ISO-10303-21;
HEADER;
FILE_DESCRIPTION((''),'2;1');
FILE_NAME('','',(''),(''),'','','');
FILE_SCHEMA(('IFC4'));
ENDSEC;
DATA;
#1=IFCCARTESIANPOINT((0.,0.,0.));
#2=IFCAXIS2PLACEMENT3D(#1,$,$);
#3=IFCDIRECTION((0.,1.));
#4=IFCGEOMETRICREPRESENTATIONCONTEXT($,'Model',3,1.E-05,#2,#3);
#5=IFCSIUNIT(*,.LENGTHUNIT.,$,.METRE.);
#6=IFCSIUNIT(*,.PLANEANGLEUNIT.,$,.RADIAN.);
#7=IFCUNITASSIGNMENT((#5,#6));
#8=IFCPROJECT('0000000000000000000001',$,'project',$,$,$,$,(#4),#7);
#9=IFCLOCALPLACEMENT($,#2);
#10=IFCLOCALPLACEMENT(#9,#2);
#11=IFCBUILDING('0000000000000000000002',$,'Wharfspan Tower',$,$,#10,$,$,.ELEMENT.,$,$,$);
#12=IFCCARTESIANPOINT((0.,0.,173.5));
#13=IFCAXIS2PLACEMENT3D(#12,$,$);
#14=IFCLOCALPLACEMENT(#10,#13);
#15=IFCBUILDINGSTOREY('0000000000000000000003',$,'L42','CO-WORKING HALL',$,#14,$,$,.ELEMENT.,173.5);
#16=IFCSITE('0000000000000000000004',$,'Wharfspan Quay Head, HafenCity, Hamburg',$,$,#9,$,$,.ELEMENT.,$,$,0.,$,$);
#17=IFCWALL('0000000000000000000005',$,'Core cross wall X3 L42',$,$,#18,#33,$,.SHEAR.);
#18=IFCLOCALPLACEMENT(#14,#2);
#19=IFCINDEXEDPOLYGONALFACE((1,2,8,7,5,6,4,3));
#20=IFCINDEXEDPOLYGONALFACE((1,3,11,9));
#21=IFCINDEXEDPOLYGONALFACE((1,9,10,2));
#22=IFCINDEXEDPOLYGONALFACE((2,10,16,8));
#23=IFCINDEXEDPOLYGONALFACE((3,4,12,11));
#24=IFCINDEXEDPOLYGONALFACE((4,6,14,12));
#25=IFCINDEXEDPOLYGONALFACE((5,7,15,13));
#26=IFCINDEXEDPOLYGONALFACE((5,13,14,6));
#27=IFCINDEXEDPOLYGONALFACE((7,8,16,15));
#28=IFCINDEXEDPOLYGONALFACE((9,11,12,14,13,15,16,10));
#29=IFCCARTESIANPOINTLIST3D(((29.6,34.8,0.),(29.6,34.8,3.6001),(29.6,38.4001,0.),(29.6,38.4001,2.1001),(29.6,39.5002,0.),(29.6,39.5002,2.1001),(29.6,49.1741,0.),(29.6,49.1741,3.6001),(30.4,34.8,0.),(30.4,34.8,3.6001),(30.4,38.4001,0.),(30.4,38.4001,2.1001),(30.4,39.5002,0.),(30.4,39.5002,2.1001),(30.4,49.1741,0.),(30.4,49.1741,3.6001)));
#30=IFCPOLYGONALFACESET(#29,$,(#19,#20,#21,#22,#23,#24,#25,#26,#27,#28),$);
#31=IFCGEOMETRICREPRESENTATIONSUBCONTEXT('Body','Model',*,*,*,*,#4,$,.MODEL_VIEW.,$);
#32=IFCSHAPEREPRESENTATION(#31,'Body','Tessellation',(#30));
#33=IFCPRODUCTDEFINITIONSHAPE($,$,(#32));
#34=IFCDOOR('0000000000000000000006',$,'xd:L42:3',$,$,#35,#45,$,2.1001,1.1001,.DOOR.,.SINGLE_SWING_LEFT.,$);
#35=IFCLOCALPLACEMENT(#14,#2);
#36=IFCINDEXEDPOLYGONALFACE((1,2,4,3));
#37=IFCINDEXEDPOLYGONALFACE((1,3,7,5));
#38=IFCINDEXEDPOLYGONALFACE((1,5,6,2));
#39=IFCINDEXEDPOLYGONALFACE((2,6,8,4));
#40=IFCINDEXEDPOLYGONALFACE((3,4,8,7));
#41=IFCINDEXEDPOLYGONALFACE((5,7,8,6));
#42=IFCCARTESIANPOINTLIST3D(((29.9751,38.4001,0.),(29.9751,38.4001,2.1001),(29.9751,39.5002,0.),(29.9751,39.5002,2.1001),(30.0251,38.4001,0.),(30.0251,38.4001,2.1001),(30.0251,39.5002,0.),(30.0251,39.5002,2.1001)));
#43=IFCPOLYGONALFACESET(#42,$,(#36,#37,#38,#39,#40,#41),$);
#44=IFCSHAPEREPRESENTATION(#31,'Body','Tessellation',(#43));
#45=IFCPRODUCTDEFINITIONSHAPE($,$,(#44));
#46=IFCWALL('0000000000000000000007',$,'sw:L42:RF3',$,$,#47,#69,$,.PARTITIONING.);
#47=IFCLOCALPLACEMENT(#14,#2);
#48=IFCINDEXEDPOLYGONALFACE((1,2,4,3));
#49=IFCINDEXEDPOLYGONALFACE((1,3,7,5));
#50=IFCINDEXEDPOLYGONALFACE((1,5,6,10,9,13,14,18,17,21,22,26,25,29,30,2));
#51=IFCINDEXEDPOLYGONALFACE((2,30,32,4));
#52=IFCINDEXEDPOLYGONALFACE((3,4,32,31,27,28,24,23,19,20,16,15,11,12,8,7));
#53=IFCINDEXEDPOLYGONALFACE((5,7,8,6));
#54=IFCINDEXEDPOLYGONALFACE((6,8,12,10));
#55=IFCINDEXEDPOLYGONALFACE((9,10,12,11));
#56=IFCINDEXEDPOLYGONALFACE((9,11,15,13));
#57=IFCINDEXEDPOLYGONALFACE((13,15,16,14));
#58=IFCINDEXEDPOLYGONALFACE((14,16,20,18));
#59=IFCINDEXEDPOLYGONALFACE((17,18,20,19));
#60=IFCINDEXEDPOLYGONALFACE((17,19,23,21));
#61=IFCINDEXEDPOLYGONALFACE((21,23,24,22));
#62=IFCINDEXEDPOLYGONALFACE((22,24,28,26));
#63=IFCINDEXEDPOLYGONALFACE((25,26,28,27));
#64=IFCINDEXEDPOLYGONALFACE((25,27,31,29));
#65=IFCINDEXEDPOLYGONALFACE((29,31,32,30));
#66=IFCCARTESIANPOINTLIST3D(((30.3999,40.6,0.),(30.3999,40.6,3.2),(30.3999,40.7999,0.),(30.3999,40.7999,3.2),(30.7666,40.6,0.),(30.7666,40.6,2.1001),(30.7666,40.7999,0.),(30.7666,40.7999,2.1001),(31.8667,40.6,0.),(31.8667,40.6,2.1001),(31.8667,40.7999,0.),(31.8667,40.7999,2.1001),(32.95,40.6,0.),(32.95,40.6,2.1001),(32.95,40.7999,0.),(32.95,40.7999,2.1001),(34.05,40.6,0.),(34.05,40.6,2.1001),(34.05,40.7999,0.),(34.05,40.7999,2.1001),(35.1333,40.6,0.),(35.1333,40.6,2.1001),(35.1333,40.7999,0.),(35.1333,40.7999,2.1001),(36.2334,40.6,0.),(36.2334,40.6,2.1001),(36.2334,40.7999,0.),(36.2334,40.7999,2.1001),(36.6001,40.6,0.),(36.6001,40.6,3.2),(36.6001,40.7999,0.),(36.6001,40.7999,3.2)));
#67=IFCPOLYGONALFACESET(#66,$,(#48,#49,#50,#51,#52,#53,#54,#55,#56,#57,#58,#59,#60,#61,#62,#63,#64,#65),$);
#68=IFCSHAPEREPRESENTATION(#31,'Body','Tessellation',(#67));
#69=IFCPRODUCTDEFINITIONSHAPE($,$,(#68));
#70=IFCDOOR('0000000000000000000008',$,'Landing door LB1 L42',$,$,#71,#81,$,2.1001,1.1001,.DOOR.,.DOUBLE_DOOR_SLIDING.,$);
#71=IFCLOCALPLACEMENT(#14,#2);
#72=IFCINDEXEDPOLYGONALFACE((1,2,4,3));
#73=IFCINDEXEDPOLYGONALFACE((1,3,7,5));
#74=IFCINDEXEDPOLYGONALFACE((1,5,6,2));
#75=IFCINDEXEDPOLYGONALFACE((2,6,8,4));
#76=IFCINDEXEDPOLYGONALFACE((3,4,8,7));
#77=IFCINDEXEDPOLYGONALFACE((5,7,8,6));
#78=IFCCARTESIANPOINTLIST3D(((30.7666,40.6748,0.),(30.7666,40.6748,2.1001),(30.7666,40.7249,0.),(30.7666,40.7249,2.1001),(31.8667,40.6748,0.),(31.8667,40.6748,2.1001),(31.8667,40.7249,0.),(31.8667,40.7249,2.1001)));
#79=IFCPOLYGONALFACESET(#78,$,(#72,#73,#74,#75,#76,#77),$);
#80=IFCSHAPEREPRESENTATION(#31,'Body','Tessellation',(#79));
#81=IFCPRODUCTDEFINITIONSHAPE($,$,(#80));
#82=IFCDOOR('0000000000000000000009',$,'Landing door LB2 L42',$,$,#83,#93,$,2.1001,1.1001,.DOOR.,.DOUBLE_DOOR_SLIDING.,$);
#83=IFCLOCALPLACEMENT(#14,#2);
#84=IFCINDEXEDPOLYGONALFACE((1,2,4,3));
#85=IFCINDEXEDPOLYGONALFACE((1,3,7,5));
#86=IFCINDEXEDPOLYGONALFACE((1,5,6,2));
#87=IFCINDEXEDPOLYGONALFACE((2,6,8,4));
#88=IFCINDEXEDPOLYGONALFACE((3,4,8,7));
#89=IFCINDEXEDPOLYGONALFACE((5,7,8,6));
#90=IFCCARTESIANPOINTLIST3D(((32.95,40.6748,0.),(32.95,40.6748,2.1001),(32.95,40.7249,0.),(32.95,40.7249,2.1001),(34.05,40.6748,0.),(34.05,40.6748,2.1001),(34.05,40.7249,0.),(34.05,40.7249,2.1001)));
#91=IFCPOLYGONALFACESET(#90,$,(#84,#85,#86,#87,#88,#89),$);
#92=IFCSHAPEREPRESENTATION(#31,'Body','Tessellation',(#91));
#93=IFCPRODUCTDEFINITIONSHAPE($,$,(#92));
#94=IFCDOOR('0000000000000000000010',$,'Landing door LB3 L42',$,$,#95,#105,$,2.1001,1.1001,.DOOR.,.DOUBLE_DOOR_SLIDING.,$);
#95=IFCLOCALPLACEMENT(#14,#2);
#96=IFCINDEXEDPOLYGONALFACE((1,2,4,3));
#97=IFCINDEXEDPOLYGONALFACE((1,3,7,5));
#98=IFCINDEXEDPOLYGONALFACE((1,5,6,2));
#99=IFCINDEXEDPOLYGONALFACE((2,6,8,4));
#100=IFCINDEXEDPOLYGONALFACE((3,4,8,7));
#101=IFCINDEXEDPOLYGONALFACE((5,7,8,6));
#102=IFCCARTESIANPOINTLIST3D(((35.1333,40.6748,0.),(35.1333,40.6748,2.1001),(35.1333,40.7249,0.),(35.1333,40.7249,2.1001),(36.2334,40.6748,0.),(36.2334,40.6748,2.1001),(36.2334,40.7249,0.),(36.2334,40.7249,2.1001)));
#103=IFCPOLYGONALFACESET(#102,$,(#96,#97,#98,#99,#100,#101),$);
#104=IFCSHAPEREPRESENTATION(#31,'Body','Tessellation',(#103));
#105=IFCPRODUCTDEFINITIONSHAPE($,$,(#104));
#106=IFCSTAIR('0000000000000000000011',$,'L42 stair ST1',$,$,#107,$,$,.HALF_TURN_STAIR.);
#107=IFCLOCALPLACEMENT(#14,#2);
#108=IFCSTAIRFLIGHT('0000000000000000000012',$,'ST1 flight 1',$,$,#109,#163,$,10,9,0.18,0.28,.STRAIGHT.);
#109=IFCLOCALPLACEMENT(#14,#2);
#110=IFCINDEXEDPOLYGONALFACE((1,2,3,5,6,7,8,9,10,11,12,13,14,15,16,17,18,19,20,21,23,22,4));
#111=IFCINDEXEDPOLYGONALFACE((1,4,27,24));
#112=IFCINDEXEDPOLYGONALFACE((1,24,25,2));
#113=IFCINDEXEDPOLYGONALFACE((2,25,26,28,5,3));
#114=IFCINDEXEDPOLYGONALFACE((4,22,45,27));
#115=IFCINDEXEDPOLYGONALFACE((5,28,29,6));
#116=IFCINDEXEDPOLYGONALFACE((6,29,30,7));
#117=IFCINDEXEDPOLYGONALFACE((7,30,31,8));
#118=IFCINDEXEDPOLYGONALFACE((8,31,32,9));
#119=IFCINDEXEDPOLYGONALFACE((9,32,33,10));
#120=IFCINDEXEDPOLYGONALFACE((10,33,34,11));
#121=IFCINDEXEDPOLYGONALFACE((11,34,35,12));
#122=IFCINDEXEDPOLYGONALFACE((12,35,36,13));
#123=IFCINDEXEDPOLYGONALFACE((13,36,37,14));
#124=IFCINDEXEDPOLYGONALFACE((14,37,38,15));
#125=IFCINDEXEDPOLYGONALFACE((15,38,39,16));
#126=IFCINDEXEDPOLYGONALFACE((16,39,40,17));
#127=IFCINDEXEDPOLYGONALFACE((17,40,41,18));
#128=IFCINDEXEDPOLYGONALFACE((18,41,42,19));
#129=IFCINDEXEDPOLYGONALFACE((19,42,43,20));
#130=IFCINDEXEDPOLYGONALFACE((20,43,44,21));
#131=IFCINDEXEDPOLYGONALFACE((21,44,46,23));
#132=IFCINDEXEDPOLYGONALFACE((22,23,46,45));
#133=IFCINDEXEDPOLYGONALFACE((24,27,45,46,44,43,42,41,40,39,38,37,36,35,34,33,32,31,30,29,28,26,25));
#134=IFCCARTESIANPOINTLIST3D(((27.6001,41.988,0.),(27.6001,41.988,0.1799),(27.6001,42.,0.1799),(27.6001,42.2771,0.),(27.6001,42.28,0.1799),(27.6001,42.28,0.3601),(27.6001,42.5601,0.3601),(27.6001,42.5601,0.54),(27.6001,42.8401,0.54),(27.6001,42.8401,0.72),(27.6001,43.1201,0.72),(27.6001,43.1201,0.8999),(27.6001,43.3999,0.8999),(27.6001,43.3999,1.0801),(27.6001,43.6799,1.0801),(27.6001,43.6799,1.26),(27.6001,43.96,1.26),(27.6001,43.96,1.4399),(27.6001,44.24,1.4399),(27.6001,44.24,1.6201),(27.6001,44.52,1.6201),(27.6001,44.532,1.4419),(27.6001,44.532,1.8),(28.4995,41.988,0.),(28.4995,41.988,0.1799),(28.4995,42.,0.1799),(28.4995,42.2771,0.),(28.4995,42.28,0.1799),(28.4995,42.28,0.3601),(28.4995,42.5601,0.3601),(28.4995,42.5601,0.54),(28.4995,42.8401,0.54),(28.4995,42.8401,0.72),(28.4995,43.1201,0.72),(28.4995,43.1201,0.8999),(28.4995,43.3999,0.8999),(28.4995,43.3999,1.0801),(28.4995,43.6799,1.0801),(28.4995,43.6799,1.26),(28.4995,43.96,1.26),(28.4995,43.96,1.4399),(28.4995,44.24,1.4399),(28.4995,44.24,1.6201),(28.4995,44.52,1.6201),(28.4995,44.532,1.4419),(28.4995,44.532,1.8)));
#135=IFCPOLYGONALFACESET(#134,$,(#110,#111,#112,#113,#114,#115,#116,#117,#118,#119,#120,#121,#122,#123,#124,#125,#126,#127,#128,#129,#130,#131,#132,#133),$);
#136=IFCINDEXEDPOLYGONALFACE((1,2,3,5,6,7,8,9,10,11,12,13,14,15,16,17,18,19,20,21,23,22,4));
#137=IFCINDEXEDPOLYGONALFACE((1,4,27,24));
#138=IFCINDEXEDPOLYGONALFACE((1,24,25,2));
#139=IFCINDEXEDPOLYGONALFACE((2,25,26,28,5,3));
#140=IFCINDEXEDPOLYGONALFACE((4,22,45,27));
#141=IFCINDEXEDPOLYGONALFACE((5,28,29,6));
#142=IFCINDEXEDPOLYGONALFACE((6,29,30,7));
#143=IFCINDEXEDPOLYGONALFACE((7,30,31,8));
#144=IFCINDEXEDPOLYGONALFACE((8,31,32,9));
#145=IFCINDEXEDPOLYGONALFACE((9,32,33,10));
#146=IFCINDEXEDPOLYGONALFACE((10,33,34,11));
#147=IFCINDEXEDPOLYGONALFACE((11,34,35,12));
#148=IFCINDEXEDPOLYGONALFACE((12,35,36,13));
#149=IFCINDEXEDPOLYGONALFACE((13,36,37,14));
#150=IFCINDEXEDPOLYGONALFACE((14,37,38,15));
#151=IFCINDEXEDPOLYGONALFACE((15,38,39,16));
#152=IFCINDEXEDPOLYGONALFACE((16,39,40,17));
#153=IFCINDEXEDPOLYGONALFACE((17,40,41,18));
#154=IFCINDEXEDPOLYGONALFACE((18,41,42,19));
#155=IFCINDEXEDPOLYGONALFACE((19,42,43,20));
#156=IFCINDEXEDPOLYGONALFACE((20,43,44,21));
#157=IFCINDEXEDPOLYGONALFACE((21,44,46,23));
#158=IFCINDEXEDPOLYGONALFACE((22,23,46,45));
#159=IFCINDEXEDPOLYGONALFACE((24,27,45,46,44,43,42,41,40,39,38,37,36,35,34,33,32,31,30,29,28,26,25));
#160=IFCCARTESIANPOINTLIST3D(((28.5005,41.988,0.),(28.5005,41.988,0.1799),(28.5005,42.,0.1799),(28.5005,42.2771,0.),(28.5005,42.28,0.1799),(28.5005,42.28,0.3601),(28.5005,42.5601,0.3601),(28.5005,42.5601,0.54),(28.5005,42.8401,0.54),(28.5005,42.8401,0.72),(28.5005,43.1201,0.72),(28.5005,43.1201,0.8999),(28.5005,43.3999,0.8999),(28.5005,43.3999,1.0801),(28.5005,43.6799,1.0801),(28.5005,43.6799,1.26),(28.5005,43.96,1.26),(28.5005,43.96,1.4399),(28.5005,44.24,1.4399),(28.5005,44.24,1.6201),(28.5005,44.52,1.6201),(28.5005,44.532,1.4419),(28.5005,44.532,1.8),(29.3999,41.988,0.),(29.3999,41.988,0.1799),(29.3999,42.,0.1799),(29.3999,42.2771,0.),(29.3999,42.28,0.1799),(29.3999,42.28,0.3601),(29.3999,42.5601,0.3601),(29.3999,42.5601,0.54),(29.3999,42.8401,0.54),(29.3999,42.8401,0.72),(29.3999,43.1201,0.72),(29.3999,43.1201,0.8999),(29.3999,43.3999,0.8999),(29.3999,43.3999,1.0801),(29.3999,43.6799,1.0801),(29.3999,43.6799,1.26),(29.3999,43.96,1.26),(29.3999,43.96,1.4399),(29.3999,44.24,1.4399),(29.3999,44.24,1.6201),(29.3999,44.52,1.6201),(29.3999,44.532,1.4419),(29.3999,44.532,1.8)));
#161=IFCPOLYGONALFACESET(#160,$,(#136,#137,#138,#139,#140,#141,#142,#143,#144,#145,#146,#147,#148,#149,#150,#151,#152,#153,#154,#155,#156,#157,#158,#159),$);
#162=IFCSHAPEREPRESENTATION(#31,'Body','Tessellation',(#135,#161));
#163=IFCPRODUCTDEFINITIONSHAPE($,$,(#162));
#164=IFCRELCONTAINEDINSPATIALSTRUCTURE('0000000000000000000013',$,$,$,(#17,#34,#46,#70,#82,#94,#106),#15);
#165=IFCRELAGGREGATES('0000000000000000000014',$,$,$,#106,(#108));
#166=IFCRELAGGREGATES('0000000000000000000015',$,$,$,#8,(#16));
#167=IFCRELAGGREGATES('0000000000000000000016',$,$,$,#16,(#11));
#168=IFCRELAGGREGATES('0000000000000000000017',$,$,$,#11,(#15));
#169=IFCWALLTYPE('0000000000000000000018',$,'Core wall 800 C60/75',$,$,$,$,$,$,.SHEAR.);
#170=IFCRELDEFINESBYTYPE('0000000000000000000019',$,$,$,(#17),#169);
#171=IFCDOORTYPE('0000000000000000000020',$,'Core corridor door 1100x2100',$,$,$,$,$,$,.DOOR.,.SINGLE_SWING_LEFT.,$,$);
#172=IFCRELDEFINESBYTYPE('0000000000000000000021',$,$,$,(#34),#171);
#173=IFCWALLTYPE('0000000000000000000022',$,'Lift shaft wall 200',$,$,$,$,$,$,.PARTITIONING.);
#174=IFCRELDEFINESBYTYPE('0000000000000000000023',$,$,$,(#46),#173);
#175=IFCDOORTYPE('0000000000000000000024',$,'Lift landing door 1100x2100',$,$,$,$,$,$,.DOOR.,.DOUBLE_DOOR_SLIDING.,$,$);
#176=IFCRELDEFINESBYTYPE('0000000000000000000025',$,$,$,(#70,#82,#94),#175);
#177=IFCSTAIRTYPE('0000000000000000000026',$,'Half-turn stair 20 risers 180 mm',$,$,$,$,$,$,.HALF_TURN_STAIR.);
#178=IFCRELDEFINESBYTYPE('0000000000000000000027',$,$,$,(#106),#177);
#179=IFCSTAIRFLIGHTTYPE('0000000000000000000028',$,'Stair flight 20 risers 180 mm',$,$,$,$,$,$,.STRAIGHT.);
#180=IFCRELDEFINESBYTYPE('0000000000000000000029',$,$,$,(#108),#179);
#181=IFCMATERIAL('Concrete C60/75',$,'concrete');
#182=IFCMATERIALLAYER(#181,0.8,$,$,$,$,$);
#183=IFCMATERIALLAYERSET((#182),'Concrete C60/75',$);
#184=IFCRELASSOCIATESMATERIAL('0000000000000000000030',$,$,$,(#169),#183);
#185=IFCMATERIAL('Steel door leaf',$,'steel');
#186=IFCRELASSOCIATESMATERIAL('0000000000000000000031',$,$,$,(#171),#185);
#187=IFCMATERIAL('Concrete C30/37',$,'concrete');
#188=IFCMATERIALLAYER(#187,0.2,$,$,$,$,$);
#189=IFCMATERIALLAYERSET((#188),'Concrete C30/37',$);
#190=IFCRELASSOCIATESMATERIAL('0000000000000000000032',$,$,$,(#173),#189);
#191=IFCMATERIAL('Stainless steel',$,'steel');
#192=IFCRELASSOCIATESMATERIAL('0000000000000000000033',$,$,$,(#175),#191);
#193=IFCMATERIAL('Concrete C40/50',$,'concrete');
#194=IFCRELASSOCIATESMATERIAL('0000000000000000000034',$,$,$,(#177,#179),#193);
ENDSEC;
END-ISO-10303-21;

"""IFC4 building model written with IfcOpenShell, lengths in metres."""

from ifc_helpers import new_model, si_unit, direction, frame, frame_2d, origin, place, context, subcontext, project, spatial, polyline, rectangle, outline, extrude, material, layer, layer_set, type_object, element, fill, aggregate, save


model = new_model("IFC4")

# Units and contexts
model_context = context("Model", 3, precision=1e-05, world=origin(), true_north=direction((0.0, 1.0)))
body_context = subcontext(model_context, "Body", "Model", "MODEL_VIEW")
ifc_project = project(units=[si_unit("LENGTHUNIT", "METRE"), si_unit("PLANEANGLEUNIT", "RADIAN")], contexts=[model_context])

# Site, building, storey
site_placement = place(None, origin())
site = spatial("IfcSite", under=ifc_project, at=site_placement, Name="Wharfspan Quay Head, HafenCity, Hamburg", CompositionType="ELEMENT", RefElevation=0.0)
building_placement = place(site_placement, origin())
building = spatial("IfcBuilding", under=site, at=building_placement, Name="Wharfspan Tower", CompositionType="ELEMENT")
storey_placement = place(building_placement, frame((0.0, 0.0, 173.5)))
storey = spatial("IfcBuildingStorey", under=building, at=storey_placement, Name="L42", Description="CO-WORKING HALL", CompositionType="ELEMENT", Elevation=173.5)

# Wall, opening, door
ifc_material_1 = material(Name="Concrete C60/75", Category="concrete")
ifc_layer_1 = layer(ifc_material_1, 0.8)
ifc_layer_set_1 = layer_set([ifc_layer_1], Name="Concrete C60/75")
wall_type_1 = type_object("IfcWallType", Name="Core wall 800 C60/75", PredefinedType="SHEAR", material=ifc_layer_set_1)
wall_1_placement = place(storey_placement, frame((30.0, 34.8, 0.0), z_axis=(0.0, 0.0, 1.0), x_axis=(0.0, 1.0, 0.0)))
wall_1 = element("IfcWall", 1, at=wall_1_placement, inside=storey, type_object=wall_type_1, Name="Core cross wall X3 L42", PredefinedType="SHEAR", context=body_context, shape_type="SweptSolid", body=[
    extrude(rectangle(XDim=14.374, YDim=0.8, at=frame_2d((7.187, 0.0))), origin(), (0.0, 0.0, 1.0), 3.6001),
])
opening_1_placement = place(wall_1_placement, frame((3.6001, 0.0, 0.0)))
opening_1 = element("IfcOpeningElement", 2, at=opening_1_placement, cuts=wall_1, PredefinedType="OPENING", context=body_context, shape_type="SweptSolid", body=[
    extrude(rectangle(XDim=1.1001, YDim=2.1001, at=frame_2d((0.55, 1.05))), frame((0.0, 0.4099, 0.0), z_axis=(0.0, -1.0, 0.0), x_axis=(1.0, 0.0, 0.0)), (0.0, 0.0, 1.0), 0.8201),
])
ifc_material_2 = material(Name="Steel door leaf", Category="steel")
door_type_1 = type_object("IfcDoorType", Name="Core corridor door 1100x2100", OperationType="SINGLE_SWING_LEFT", PredefinedType="DOOR", material=ifc_material_2)
door_1_placement = place(opening_1_placement, origin())
door_1 = element("IfcDoor", 3, at=door_1_placement, inside=storey, type_object=door_type_1, Name="xd:L42:3", OperationType="SINGLE_SWING_LEFT", OverallHeight=2.1001, OverallWidth=1.1001, PredefinedType="DOOR", context=body_context, shape_type="SweptSolid", body=[
    extrude(rectangle(XDim=1.1001, YDim=2.1001, at=frame_2d((0.55, 1.05))), frame((0.0, 0.0249, 0.0), z_axis=(0.0, -1.0, 0.0), x_axis=(1.0, 0.0, 0.0)), (0.0, 0.0, 1.0), 0.05),
])
fill(opening_1, door_1)

# Wall, openings, doors
ifc_material_3 = material(Name="Concrete C30/37", Category="concrete")
ifc_layer_2 = layer(ifc_material_3, 0.2)
ifc_layer_set_2 = layer_set([ifc_layer_2], Name="Concrete C30/37")
wall_type_2 = type_object("IfcWallType", Name="Lift shaft wall 200", PredefinedType="PARTITIONING", material=ifc_layer_set_2)
wall_2_placement = place(storey_placement, frame((30.3999, 40.7, 0.0), z_axis=(0.0, 0.0, 1.0), x_axis=(1.0, 0.0, 0.0)))
wall_2 = element("IfcWall", 4, at=wall_2_placement, inside=storey, type_object=wall_type_2, Name="sw:L42:RF3", PredefinedType="PARTITIONING", context=body_context, shape_type="SweptSolid", body=[
    extrude(rectangle(XDim=6.2002, YDim=0.2, at=frame_2d((3.1001, 0.0))), origin(), (0.0, 0.0, 1.0), 3.2),
])
opening_2_placement = place(wall_2_placement, frame((0.3667, 0.0, 0.0)))
opening_2 = element("IfcOpeningElement", 5, at=opening_2_placement, cuts=wall_2, PredefinedType="OPENING", context=body_context, shape_type="SweptSolid", body=[
    extrude(rectangle(XDim=1.1001, YDim=2.1001, at=frame_2d((0.55, 1.05))), frame((0.0, 0.1099, 0.0), z_axis=(0.0, -1.0, 0.0), x_axis=(1.0, 0.0, 0.0)), (0.0, 0.0, 1.0), 0.22),
])
opening_3_placement = place(wall_2_placement, frame((2.55, 0.0, 0.0)))
opening_3 = element("IfcOpeningElement", 6, at=opening_3_placement, cuts=wall_2, PredefinedType="OPENING", context=body_context, shape_type="SweptSolid", body=[
    extrude(rectangle(XDim=1.1001, YDim=2.1001, at=frame_2d((0.55, 1.05))), frame((0.0, 0.1099, 0.0), z_axis=(0.0, -1.0, 0.0), x_axis=(1.0, 0.0, 0.0)), (0.0, 0.0, 1.0), 0.22),
])
opening_4_placement = place(wall_2_placement, frame((4.7334, 0.0, 0.0)))
opening_4 = element("IfcOpeningElement", 7, at=opening_4_placement, cuts=wall_2, PredefinedType="OPENING", context=body_context, shape_type="SweptSolid", body=[
    extrude(rectangle(XDim=1.1001, YDim=2.1001, at=frame_2d((0.55, 1.05))), frame((0.0, 0.1099, 0.0), z_axis=(0.0, -1.0, 0.0), x_axis=(1.0, 0.0, 0.0)), (0.0, 0.0, 1.0), 0.22),
])
ifc_material_4 = material(Name="Stainless steel", Category="steel")
door_type_2 = type_object("IfcDoorType", Name="Lift landing door 1100x2100", OperationType="DOUBLE_DOOR_SLIDING", PredefinedType="DOOR", material=ifc_material_4)
door_2_placement = place(opening_2_placement, origin())
door_2 = element("IfcDoor", 8, at=door_2_placement, inside=storey, type_object=door_type_2, Name="Landing door LB1 L42", OperationType="DOUBLE_DOOR_SLIDING", OverallHeight=2.1001, OverallWidth=1.1001, PredefinedType="DOOR", context=body_context, shape_type="SweptSolid", body=[
    extrude(rectangle(XDim=1.1001, YDim=2.1001, at=frame_2d((0.55, 1.05))), frame((0.0, 0.0249, 0.0), z_axis=(0.0, -1.0, 0.0), x_axis=(1.0, 0.0, 0.0)), (0.0, 0.0, 1.0), 0.05),
])
fill(opening_2, door_2)
door_3_placement = place(opening_3_placement, origin())
door_3 = element("IfcDoor", 9, at=door_3_placement, inside=storey, type_object=door_type_2, Name="Landing door LB2 L42", OperationType="DOUBLE_DOOR_SLIDING", OverallHeight=2.1001, OverallWidth=1.1001, PredefinedType="DOOR", context=body_context, shape_type="SweptSolid", body=[
    extrude(rectangle(XDim=1.1001, YDim=2.1001, at=frame_2d((0.55, 1.05))), frame((0.0, 0.0249, 0.0), z_axis=(0.0, -1.0, 0.0), x_axis=(1.0, 0.0, 0.0)), (0.0, 0.0, 1.0), 0.05),
])
fill(opening_3, door_3)
door_4_placement = place(opening_4_placement, origin())
door_4 = element("IfcDoor", 10, at=door_4_placement, inside=storey, type_object=door_type_2, Name="Landing door LB3 L42", OperationType="DOUBLE_DOOR_SLIDING", OverallHeight=2.1001, OverallWidth=1.1001, PredefinedType="DOOR", context=body_context, shape_type="SweptSolid", body=[
    extrude(rectangle(XDim=1.1001, YDim=2.1001, at=frame_2d((0.55, 1.05))), frame((0.0, 0.0249, 0.0), z_axis=(0.0, -1.0, 0.0), x_axis=(1.0, 0.0, 0.0)), (0.0, 0.0, 1.0), 0.05),
])
fill(opening_4, door_4)

# Stair, stair flight
ifc_material_5 = material(Name="Concrete C40/50", Category="concrete")
stair_type = type_object("IfcStairType", Name="Half-turn stair 20 risers 180 mm", PredefinedType="HALF_TURN_STAIR", material=ifc_material_5)
stair_placement = place(storey_placement, origin())
stair = element("IfcStair", 11, at=stair_placement, inside=storey, type_object=stair_type, Name="L42 stair ST1", PredefinedType="HALF_TURN_STAIR")
stair_flight_type = type_object("IfcStairFlightType", Name="Stair flight 20 risers 180 mm", PredefinedType="STRAIGHT", material=ifc_material_5)
stair_flight_placement = place(storey_placement, frame((28.5, 42.0, 0.0), z_axis=(0.0, 0.0, 1.0), x_axis=(0.0, 1.0, 0.0)))
stair_flight = element("IfcStairFlight", 12, at=stair_flight_placement, type_object=stair_flight_type, Name="ST1 flight 1", NumberOfRisers=10, NumberOfTreads=9, PredefinedType="STRAIGHT", RiserHeight=0.18, TreadLength=0.28, context=body_context, shape_type="SweptSolid", body=[
    extrude(outline(polyline([(-0.012, 0.0), (-0.012, 0.1799), (0.0, 0.1799), (0.28, 0.1799), (0.28, 0.3601), (0.5601, 0.3601), (0.5601, 0.54), (0.8401, 0.54), (0.8401, 0.72), (1.1201, 0.72), (1.1201, 0.8999), (1.3999, 0.8999), (1.3999, 1.0801), (1.6799, 1.0801), (1.6799, 1.26), (1.96, 1.26), (1.96, 1.4399), (2.24, 1.4399), (2.24, 1.6201), (2.52, 1.6201), (2.532, 1.8), (2.532, 1.4419), (0.2771, 0.0), (-0.012, 0.0)])), frame((0.0, 0.8999, 0.0), z_axis=(0.0, -1.0, 0.0), x_axis=(1.0, 0.0, 0.0)), (0.0, 0.0, 1.0), 0.8994),
    extrude(outline(polyline([(-0.012, 0.0), (-0.012, 0.1799), (0.0, 0.1799), (0.28, 0.1799), (0.28, 0.3601), (0.5601, 0.3601), (0.5601, 0.54), (0.8401, 0.54), (0.8401, 0.72), (1.1201, 0.72), (1.1201, 0.8999), (1.3999, 0.8999), (1.3999, 1.0801), (1.6799, 1.0801), (1.6799, 1.26), (1.96, 1.26), (1.96, 1.4399), (2.24, 1.4399), (2.24, 1.6201), (2.52, 1.6201), (2.532, 1.8), (2.532, 1.4419), (0.2771, 0.0), (-0.012, 0.0)])), frame((0.0, -0.0005, 0.0), z_axis=(0.0, -1.0, 0.0), x_axis=(1.0, 0.0, 0.0)), (0.0, 0.0, 1.0), 0.8994),
])
aggregate(stair, [stair_flight])

save(model, "model.ifc")
